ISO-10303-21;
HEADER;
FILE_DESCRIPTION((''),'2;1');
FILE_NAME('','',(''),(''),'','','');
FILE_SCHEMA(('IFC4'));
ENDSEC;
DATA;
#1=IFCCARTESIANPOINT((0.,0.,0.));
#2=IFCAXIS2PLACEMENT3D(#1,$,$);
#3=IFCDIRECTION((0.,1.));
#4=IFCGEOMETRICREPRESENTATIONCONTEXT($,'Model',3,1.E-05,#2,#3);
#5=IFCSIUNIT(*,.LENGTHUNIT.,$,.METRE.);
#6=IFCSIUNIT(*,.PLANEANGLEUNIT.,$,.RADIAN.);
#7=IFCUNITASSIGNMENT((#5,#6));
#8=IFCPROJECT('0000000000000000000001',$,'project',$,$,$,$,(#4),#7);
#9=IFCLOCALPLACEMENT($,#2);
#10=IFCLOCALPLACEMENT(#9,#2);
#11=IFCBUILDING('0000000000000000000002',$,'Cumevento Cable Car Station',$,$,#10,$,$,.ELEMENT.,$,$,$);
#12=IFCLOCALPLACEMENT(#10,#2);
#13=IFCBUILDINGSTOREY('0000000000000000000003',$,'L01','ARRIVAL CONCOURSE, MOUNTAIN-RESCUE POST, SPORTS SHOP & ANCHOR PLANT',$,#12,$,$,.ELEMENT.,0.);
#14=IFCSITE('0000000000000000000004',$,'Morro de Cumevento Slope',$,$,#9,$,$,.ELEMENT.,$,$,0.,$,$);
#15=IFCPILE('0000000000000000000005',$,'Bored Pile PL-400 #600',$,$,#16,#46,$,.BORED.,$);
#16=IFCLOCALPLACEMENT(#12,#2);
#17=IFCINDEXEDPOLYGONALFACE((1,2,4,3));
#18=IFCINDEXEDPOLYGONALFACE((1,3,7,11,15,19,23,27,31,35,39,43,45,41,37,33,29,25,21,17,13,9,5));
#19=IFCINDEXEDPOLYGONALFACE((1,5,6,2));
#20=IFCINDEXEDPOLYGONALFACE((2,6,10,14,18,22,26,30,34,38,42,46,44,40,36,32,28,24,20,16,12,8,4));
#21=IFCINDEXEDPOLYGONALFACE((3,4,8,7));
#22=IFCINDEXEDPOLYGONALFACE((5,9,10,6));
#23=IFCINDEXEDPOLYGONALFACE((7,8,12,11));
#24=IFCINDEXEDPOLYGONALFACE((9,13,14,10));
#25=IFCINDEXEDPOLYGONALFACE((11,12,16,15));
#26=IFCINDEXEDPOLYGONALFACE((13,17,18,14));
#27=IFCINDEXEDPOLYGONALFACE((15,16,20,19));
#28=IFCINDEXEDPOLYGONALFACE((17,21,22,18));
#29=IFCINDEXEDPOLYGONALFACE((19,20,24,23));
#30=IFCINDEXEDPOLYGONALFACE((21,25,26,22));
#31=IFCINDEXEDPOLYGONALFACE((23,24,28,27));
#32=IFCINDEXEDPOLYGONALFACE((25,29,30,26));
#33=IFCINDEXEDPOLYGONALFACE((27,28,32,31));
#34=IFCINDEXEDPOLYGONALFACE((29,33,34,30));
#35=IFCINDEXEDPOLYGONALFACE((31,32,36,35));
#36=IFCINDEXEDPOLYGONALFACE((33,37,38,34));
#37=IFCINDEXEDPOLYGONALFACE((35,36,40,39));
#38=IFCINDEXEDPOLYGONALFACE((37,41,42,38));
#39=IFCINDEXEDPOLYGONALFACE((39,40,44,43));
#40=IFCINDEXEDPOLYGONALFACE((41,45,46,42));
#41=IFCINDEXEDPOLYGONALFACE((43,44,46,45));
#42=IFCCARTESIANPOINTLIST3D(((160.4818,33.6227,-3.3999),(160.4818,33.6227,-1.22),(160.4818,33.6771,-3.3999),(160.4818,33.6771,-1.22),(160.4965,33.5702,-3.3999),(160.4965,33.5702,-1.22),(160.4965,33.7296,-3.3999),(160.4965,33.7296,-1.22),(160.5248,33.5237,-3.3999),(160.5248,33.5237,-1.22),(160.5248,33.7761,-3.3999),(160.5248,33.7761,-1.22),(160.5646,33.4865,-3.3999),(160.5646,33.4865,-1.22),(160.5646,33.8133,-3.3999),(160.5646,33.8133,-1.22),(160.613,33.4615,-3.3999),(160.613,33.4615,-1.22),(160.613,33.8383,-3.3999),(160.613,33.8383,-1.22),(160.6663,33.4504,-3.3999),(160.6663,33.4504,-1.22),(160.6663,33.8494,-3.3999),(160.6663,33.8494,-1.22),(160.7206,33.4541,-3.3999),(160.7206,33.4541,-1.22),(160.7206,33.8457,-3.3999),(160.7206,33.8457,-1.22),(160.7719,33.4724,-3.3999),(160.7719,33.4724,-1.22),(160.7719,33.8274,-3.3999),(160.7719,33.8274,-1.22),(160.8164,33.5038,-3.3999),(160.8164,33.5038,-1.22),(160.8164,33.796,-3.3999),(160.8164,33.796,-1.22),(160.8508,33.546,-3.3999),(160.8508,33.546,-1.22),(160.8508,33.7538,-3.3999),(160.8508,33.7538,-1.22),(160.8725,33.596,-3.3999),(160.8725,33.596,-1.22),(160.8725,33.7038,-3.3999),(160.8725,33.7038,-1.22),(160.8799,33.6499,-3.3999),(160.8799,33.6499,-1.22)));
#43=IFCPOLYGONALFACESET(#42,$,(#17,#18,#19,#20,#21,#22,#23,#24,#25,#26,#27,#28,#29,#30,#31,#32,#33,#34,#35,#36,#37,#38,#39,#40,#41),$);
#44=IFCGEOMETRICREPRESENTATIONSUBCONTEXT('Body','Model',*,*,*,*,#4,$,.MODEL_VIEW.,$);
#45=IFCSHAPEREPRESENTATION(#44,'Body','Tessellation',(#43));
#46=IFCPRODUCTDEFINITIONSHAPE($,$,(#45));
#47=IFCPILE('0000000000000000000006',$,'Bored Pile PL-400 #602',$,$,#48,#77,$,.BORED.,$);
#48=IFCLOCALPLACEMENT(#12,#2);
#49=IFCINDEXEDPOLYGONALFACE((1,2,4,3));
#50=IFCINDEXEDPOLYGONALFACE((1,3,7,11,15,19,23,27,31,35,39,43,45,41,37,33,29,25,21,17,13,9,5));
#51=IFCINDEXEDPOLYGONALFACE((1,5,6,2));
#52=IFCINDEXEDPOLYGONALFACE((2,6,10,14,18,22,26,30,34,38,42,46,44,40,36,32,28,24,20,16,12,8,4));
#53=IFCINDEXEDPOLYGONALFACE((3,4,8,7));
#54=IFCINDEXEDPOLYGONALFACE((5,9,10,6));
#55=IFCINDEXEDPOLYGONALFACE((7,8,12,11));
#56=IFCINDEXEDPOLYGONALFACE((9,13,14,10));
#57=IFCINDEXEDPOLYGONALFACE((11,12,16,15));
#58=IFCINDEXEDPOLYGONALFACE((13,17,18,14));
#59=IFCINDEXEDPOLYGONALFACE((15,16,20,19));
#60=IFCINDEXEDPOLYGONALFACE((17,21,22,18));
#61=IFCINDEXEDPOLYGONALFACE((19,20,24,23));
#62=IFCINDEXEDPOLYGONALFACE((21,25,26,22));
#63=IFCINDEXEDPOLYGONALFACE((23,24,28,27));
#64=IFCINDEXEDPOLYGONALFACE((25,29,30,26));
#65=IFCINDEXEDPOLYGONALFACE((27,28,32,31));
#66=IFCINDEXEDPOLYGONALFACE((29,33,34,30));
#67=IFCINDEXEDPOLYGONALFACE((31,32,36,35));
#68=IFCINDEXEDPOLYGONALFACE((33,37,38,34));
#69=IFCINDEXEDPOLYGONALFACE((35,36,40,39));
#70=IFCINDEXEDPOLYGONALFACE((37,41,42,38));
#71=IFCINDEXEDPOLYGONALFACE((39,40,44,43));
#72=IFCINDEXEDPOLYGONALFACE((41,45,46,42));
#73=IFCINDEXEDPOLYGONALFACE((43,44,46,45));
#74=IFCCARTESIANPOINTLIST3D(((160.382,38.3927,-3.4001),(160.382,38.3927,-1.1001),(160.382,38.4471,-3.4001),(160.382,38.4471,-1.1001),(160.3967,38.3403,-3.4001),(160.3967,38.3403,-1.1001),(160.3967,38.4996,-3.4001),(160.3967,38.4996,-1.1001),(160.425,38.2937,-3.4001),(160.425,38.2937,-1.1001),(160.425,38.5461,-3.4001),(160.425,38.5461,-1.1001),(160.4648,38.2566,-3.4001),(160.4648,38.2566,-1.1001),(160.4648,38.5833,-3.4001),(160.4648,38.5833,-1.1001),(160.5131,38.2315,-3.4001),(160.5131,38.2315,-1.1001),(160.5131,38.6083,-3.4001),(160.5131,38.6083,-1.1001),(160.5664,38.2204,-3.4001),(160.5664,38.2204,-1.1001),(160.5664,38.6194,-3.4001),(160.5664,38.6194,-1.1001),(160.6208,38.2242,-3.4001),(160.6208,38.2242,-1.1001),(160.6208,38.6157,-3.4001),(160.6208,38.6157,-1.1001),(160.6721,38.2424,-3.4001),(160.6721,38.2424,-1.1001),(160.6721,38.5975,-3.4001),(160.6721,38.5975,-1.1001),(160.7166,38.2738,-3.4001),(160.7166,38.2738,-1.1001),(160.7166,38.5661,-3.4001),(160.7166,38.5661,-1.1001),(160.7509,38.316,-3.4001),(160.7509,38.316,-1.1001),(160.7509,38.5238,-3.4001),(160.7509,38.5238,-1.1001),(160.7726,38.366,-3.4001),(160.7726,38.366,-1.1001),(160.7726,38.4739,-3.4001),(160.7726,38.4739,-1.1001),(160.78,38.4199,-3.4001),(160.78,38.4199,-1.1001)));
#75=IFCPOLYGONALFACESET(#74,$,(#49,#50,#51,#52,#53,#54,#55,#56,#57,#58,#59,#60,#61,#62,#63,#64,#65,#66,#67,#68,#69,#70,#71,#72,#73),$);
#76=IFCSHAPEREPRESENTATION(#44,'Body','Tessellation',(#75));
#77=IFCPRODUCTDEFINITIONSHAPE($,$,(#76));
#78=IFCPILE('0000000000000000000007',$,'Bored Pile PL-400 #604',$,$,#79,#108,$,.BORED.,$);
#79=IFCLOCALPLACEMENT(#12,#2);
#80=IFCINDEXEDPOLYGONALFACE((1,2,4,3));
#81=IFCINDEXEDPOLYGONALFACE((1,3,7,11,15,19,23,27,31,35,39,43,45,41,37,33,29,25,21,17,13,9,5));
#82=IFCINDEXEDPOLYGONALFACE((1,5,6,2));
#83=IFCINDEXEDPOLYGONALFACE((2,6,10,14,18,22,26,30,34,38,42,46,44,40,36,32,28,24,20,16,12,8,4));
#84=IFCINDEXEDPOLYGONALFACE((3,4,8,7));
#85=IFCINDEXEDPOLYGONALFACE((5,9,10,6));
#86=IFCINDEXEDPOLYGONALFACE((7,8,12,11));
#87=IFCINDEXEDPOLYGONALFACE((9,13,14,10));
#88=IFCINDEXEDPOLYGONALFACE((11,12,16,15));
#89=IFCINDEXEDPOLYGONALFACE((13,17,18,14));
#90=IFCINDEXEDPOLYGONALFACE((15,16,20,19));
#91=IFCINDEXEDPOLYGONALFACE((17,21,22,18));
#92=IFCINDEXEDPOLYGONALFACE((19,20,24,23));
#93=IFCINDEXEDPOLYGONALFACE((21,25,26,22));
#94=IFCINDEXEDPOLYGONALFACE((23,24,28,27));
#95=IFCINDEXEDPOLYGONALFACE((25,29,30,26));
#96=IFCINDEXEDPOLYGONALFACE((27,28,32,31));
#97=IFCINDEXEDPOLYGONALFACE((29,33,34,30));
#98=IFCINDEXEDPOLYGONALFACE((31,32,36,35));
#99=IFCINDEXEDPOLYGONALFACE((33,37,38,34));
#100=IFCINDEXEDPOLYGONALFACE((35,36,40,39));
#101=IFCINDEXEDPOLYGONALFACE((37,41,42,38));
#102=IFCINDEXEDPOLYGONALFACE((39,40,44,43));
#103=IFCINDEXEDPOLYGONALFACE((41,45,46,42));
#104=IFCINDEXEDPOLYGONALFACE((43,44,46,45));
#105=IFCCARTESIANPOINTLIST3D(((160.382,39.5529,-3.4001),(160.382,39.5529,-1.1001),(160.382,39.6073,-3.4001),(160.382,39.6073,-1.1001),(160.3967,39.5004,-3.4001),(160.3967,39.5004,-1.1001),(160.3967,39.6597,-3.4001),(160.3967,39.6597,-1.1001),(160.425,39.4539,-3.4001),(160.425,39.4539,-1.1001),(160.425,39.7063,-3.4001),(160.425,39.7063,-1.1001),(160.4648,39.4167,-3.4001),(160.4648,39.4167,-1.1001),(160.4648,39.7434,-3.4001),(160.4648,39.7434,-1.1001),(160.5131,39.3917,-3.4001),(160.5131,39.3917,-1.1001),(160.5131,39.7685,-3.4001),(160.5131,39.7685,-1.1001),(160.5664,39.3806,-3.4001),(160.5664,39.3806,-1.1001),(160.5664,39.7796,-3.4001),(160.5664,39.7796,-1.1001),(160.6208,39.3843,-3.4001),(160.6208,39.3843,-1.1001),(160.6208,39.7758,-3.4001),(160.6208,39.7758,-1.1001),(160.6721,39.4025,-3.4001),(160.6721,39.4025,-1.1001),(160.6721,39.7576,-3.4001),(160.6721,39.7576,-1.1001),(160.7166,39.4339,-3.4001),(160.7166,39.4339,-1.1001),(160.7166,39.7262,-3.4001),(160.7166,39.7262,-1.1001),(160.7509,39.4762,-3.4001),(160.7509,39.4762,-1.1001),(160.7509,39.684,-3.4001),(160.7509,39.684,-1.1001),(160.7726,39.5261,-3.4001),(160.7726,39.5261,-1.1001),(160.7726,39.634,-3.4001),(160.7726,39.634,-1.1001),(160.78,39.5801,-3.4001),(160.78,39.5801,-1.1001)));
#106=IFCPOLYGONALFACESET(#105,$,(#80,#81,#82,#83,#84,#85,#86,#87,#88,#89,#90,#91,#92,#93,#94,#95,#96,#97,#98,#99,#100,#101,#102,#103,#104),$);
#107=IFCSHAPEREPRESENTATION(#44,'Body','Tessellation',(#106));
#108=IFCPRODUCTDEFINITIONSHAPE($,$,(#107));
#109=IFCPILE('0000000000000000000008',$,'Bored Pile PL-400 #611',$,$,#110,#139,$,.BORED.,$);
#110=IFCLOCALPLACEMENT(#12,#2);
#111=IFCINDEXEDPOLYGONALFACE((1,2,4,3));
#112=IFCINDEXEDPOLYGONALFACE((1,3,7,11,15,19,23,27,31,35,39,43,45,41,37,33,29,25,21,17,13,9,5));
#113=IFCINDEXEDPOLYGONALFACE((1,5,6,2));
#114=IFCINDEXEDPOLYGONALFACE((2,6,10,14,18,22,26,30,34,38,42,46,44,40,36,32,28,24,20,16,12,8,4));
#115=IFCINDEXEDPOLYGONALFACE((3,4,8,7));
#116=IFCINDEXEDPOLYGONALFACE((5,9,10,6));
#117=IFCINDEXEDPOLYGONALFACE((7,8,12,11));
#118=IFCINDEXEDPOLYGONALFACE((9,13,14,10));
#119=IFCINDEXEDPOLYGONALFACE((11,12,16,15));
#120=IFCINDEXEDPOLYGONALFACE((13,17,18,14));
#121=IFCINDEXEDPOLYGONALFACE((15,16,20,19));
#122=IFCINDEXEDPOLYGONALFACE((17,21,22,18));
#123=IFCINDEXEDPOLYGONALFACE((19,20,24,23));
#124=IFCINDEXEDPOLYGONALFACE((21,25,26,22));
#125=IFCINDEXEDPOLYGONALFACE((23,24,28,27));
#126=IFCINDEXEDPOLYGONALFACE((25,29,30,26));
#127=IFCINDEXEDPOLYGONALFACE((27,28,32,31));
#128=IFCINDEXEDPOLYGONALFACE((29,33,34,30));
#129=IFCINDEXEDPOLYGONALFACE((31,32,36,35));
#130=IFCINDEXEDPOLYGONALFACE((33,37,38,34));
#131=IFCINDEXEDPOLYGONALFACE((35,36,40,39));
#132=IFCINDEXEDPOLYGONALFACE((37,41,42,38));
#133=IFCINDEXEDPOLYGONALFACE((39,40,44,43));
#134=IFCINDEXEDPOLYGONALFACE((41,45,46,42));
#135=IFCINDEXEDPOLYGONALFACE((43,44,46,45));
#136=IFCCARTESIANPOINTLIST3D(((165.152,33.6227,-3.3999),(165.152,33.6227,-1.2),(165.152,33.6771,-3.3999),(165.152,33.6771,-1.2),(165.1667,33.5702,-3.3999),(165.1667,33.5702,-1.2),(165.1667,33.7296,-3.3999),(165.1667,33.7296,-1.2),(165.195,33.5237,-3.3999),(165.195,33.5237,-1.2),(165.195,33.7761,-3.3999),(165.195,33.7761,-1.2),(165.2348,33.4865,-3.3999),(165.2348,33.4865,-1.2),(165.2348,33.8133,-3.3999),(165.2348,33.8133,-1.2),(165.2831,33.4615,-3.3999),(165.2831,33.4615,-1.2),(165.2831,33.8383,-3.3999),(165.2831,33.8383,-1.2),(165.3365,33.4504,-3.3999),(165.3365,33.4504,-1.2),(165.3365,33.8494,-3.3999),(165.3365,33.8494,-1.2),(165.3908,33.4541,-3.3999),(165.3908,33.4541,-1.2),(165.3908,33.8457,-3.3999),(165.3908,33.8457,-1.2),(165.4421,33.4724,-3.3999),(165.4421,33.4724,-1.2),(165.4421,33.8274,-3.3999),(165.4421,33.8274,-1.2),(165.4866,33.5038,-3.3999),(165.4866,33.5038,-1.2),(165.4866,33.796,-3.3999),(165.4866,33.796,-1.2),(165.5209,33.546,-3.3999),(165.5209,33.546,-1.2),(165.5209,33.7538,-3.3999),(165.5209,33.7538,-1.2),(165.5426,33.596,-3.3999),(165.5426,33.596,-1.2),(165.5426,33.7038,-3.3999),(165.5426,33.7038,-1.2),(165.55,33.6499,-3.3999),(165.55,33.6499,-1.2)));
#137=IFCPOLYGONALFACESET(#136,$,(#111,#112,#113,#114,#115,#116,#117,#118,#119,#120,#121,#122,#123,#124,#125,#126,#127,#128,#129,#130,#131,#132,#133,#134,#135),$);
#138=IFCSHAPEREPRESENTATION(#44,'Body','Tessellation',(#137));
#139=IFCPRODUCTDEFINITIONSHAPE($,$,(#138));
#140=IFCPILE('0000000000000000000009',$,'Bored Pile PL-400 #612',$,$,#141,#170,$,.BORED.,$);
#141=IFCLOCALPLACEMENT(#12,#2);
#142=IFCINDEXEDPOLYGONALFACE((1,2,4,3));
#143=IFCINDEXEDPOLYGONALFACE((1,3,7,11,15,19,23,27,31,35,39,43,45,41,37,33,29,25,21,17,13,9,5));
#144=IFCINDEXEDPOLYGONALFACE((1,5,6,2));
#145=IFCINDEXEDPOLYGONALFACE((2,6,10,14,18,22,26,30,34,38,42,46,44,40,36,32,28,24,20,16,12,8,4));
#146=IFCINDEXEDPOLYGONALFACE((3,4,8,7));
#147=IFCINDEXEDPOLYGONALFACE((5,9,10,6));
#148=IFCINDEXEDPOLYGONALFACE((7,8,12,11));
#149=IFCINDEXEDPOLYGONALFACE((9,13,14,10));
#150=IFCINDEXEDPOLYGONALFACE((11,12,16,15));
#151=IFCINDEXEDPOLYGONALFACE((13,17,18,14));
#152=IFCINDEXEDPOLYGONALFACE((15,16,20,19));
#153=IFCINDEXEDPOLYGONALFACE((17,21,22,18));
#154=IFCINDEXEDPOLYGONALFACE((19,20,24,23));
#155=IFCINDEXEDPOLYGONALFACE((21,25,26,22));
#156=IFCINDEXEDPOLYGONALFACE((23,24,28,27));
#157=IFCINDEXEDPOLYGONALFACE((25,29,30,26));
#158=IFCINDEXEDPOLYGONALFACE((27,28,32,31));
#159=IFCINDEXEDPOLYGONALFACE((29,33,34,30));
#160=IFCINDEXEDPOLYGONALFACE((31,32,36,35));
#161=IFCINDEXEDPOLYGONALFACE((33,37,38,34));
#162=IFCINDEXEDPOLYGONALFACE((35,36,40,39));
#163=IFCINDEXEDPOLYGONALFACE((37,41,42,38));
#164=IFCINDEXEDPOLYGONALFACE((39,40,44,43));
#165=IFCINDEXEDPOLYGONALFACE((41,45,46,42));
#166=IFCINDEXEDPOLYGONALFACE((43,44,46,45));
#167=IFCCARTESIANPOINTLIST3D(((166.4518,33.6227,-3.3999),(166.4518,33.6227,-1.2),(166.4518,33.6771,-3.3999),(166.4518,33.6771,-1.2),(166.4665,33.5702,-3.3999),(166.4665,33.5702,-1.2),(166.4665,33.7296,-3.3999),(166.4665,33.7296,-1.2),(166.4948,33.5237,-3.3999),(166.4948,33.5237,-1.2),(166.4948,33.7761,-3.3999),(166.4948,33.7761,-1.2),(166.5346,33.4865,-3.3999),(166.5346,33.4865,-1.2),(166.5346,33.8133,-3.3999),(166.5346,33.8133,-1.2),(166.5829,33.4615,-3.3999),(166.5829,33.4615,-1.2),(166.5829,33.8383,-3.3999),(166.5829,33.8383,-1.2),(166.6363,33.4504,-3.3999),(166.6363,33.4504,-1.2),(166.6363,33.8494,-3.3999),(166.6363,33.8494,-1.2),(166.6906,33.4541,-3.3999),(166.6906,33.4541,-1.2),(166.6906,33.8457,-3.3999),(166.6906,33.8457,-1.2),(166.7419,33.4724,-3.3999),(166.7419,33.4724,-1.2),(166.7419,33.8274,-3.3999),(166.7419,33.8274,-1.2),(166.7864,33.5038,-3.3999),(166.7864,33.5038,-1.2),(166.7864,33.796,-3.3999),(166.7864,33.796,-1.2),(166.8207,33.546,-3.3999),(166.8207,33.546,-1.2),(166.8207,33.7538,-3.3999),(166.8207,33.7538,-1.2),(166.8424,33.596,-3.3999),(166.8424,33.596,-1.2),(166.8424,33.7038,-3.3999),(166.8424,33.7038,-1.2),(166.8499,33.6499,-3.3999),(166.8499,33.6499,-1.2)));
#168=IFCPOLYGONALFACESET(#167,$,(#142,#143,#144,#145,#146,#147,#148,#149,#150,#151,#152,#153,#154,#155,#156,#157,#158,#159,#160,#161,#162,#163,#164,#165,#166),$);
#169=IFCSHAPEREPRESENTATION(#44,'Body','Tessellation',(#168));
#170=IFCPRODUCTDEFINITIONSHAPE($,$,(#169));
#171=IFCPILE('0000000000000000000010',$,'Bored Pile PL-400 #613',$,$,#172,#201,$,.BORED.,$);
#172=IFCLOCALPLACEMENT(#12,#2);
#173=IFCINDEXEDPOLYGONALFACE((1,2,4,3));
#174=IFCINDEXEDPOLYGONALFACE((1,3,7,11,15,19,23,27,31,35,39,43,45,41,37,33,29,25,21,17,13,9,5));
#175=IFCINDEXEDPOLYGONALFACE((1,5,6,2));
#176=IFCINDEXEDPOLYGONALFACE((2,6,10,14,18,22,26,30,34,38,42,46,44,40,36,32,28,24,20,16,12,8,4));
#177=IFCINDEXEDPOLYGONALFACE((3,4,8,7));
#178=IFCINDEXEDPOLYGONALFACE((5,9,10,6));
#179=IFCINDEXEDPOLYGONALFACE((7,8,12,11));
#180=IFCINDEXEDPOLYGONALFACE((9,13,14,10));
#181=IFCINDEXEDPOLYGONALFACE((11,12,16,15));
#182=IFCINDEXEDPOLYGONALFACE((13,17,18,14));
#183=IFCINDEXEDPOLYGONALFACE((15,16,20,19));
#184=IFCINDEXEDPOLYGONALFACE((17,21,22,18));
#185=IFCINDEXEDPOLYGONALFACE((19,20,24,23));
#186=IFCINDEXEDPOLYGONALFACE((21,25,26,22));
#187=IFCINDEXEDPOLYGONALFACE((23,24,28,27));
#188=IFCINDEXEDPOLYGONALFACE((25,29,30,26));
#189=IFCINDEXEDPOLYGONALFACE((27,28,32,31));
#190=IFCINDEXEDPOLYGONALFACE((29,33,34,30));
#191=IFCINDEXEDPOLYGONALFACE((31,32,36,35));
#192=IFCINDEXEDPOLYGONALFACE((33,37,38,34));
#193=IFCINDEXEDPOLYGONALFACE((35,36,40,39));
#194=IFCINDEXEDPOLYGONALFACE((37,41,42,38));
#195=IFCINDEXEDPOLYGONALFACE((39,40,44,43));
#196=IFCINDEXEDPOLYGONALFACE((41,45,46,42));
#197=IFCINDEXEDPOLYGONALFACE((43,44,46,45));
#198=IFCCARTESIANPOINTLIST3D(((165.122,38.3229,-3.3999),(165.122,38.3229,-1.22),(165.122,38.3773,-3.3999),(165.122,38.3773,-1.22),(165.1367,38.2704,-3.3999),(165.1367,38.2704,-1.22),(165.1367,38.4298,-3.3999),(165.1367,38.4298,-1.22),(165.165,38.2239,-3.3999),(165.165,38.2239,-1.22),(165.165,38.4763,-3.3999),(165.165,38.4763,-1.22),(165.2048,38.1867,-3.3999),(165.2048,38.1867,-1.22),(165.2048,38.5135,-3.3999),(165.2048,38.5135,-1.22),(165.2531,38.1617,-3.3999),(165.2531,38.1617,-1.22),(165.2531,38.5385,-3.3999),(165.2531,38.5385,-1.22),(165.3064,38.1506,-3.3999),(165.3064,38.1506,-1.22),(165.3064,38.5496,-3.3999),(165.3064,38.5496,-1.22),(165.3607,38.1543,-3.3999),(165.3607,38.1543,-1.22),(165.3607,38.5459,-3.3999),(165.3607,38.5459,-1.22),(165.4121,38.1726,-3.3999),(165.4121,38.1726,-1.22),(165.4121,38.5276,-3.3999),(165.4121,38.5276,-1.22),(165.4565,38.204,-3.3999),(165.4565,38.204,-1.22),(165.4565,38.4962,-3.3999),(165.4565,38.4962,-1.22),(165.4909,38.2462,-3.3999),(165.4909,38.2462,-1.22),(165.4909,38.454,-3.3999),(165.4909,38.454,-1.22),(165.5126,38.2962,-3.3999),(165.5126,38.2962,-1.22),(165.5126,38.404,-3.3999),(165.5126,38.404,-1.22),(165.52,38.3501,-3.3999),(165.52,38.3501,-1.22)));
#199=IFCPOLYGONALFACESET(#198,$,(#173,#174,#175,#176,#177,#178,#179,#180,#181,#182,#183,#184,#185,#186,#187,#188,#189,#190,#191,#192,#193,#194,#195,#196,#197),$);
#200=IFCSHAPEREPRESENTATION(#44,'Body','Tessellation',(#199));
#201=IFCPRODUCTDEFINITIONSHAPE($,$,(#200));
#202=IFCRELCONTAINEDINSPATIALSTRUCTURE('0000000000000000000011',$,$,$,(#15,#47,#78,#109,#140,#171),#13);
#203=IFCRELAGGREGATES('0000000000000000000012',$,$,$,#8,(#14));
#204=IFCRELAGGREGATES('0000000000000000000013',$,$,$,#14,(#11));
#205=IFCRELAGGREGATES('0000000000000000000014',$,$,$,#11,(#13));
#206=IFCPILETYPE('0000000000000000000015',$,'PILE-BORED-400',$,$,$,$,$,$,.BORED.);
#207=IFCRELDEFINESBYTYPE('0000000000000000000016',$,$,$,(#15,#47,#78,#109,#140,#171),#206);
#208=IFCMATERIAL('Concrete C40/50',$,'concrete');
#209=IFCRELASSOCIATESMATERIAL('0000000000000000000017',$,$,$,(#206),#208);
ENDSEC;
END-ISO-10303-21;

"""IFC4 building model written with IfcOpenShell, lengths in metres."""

from ifc_helpers import new_model, si_unit, direction, frame, origin, origin_2d, place, context, subcontext, project, spatial, circle, extrude, material, material_profile, profile_set, type_object, element, save


model = new_model("IFC4")

# Units and contexts
model_context = context("Model", 3, precision=1e-05, world=origin(), true_north=direction((0.0, 1.0)))
body_context = subcontext(model_context, "Body", "Model", "MODEL_VIEW")
ifc_project = project(units=[si_unit("LENGTHUNIT", "METRE"), si_unit("PLANEANGLEUNIT", "RADIAN")], contexts=[model_context])

# Site, building, storey
site_placement = place(None, origin())
site = spatial("IfcSite", under=ifc_project, at=site_placement, Name="Morro de Cumevento Slope", CompositionType="ELEMENT", RefElevation=0.0)
building_placement = place(site_placement, origin())
building = spatial("IfcBuilding", under=site, at=building_placement, Name="Cumevento Cable Car Station", CompositionType="ELEMENT")
storey_placement = place(building_placement, origin())
storey = spatial("IfcBuildingStorey", under=building, at=storey_placement, Name="L01", Description="ARRIVAL CONCOURSE, MOUNTAIN-RESCUE POST, SPORTS SHOP & ANCHOR PLANT", CompositionType="ELEMENT", Elevation=0.0)

# Piles
ifc_material_1 = material(Name="Concrete C40/50", Category="concrete")
ifc_material_profile_1 = material_profile(ifc_material_1, circle(Radius=0.2, at=origin_2d()), Name="PILE-D400")
ifc_profile_set_1 = profile_set([ifc_material_profile_1], Name="Concrete C40/50")
pile_type = type_object("IfcPileType", Name="PILE-BORED-400", PredefinedType="BORED", material=ifc_profile_set_1)
pile_placement = place(storey_placement, frame((160.6799, 33.6499, -1.22), z_axis=(0.0, 0.0, -1.0), x_axis=(1.0, 0.0, 0.0)))
element("IfcPile", 1, at=pile_placement, inside=storey, type_object=pile_type, Name="Bored Pile PL-400 #600", PredefinedType="BORED", context=body_context, shape_type="SweptSolid", body=[
    extrude(circle(Radius=0.2, at=origin_2d()), origin(), (0.0, 0.0, 1.0), 2.1799),
])
for number, where, z_axis, x_axis, name in (
    (2, (160.5801, 38.4199, -1.1001), (0.0, 0.0, -1.0), (1.0, 0.0, 0.0), "Bored Pile PL-400 #602"),
    (3, (160.5801, 39.5801, -1.1001), (0.0, 0.0, -1.0), (1.0, 0.0, 0.0), "Bored Pile PL-400 #604"),
):
    element("IfcPile", number, at=place(storey_placement, frame(where, z_axis=z_axis, x_axis=x_axis)), inside=storey, type_object=pile_type, Name=name, PredefinedType="BORED", context=body_context, shape_type="SweptSolid", body=[
        extrude(circle(Radius=0.2, at=origin_2d()), origin(), (0.0, 0.0, 1.0), 2.3),
    ])
for number, where, z_axis, x_axis, name in (
    (4, (165.3501, 33.6499, -1.2), (0.0, 0.0, -1.0), (1.0, 0.0, 0.0), "Bored Pile PL-400 #611"),
    (5, (166.6499, 33.6499, -1.2), (0.0, 0.0, -1.0), (1.0, 0.0, 0.0), "Bored Pile PL-400 #612"),
):
    element("IfcPile", number, at=place(storey_placement, frame(where, z_axis=z_axis, x_axis=x_axis)), inside=storey, type_object=pile_type, Name=name, PredefinedType="BORED", context=body_context, shape_type="SweptSolid", body=[
        extrude(circle(Radius=0.2, at=origin_2d()), origin(), (0.0, 0.0, 1.0), 2.2),
    ])
for number, where, z_axis, x_axis, name in (
    (6, (165.3201, 38.3501, -1.22), (0.0, 0.0, -1.0), (1.0, 0.0, 0.0), "Bored Pile PL-400 #613"),
):
    element("IfcPile", number, at=place(storey_placement, frame(where, z_axis=z_axis, x_axis=x_axis)), inside=storey, type_object=pile_type, Name=name, PredefinedType="BORED", context=body_context, shape_type="SweptSolid", body=[
        extrude(circle(Radius=0.2, at=origin_2d()), origin(), (0.0, 0.0, 1.0), 2.1799),
    ])

save(model, "model.ifc")
